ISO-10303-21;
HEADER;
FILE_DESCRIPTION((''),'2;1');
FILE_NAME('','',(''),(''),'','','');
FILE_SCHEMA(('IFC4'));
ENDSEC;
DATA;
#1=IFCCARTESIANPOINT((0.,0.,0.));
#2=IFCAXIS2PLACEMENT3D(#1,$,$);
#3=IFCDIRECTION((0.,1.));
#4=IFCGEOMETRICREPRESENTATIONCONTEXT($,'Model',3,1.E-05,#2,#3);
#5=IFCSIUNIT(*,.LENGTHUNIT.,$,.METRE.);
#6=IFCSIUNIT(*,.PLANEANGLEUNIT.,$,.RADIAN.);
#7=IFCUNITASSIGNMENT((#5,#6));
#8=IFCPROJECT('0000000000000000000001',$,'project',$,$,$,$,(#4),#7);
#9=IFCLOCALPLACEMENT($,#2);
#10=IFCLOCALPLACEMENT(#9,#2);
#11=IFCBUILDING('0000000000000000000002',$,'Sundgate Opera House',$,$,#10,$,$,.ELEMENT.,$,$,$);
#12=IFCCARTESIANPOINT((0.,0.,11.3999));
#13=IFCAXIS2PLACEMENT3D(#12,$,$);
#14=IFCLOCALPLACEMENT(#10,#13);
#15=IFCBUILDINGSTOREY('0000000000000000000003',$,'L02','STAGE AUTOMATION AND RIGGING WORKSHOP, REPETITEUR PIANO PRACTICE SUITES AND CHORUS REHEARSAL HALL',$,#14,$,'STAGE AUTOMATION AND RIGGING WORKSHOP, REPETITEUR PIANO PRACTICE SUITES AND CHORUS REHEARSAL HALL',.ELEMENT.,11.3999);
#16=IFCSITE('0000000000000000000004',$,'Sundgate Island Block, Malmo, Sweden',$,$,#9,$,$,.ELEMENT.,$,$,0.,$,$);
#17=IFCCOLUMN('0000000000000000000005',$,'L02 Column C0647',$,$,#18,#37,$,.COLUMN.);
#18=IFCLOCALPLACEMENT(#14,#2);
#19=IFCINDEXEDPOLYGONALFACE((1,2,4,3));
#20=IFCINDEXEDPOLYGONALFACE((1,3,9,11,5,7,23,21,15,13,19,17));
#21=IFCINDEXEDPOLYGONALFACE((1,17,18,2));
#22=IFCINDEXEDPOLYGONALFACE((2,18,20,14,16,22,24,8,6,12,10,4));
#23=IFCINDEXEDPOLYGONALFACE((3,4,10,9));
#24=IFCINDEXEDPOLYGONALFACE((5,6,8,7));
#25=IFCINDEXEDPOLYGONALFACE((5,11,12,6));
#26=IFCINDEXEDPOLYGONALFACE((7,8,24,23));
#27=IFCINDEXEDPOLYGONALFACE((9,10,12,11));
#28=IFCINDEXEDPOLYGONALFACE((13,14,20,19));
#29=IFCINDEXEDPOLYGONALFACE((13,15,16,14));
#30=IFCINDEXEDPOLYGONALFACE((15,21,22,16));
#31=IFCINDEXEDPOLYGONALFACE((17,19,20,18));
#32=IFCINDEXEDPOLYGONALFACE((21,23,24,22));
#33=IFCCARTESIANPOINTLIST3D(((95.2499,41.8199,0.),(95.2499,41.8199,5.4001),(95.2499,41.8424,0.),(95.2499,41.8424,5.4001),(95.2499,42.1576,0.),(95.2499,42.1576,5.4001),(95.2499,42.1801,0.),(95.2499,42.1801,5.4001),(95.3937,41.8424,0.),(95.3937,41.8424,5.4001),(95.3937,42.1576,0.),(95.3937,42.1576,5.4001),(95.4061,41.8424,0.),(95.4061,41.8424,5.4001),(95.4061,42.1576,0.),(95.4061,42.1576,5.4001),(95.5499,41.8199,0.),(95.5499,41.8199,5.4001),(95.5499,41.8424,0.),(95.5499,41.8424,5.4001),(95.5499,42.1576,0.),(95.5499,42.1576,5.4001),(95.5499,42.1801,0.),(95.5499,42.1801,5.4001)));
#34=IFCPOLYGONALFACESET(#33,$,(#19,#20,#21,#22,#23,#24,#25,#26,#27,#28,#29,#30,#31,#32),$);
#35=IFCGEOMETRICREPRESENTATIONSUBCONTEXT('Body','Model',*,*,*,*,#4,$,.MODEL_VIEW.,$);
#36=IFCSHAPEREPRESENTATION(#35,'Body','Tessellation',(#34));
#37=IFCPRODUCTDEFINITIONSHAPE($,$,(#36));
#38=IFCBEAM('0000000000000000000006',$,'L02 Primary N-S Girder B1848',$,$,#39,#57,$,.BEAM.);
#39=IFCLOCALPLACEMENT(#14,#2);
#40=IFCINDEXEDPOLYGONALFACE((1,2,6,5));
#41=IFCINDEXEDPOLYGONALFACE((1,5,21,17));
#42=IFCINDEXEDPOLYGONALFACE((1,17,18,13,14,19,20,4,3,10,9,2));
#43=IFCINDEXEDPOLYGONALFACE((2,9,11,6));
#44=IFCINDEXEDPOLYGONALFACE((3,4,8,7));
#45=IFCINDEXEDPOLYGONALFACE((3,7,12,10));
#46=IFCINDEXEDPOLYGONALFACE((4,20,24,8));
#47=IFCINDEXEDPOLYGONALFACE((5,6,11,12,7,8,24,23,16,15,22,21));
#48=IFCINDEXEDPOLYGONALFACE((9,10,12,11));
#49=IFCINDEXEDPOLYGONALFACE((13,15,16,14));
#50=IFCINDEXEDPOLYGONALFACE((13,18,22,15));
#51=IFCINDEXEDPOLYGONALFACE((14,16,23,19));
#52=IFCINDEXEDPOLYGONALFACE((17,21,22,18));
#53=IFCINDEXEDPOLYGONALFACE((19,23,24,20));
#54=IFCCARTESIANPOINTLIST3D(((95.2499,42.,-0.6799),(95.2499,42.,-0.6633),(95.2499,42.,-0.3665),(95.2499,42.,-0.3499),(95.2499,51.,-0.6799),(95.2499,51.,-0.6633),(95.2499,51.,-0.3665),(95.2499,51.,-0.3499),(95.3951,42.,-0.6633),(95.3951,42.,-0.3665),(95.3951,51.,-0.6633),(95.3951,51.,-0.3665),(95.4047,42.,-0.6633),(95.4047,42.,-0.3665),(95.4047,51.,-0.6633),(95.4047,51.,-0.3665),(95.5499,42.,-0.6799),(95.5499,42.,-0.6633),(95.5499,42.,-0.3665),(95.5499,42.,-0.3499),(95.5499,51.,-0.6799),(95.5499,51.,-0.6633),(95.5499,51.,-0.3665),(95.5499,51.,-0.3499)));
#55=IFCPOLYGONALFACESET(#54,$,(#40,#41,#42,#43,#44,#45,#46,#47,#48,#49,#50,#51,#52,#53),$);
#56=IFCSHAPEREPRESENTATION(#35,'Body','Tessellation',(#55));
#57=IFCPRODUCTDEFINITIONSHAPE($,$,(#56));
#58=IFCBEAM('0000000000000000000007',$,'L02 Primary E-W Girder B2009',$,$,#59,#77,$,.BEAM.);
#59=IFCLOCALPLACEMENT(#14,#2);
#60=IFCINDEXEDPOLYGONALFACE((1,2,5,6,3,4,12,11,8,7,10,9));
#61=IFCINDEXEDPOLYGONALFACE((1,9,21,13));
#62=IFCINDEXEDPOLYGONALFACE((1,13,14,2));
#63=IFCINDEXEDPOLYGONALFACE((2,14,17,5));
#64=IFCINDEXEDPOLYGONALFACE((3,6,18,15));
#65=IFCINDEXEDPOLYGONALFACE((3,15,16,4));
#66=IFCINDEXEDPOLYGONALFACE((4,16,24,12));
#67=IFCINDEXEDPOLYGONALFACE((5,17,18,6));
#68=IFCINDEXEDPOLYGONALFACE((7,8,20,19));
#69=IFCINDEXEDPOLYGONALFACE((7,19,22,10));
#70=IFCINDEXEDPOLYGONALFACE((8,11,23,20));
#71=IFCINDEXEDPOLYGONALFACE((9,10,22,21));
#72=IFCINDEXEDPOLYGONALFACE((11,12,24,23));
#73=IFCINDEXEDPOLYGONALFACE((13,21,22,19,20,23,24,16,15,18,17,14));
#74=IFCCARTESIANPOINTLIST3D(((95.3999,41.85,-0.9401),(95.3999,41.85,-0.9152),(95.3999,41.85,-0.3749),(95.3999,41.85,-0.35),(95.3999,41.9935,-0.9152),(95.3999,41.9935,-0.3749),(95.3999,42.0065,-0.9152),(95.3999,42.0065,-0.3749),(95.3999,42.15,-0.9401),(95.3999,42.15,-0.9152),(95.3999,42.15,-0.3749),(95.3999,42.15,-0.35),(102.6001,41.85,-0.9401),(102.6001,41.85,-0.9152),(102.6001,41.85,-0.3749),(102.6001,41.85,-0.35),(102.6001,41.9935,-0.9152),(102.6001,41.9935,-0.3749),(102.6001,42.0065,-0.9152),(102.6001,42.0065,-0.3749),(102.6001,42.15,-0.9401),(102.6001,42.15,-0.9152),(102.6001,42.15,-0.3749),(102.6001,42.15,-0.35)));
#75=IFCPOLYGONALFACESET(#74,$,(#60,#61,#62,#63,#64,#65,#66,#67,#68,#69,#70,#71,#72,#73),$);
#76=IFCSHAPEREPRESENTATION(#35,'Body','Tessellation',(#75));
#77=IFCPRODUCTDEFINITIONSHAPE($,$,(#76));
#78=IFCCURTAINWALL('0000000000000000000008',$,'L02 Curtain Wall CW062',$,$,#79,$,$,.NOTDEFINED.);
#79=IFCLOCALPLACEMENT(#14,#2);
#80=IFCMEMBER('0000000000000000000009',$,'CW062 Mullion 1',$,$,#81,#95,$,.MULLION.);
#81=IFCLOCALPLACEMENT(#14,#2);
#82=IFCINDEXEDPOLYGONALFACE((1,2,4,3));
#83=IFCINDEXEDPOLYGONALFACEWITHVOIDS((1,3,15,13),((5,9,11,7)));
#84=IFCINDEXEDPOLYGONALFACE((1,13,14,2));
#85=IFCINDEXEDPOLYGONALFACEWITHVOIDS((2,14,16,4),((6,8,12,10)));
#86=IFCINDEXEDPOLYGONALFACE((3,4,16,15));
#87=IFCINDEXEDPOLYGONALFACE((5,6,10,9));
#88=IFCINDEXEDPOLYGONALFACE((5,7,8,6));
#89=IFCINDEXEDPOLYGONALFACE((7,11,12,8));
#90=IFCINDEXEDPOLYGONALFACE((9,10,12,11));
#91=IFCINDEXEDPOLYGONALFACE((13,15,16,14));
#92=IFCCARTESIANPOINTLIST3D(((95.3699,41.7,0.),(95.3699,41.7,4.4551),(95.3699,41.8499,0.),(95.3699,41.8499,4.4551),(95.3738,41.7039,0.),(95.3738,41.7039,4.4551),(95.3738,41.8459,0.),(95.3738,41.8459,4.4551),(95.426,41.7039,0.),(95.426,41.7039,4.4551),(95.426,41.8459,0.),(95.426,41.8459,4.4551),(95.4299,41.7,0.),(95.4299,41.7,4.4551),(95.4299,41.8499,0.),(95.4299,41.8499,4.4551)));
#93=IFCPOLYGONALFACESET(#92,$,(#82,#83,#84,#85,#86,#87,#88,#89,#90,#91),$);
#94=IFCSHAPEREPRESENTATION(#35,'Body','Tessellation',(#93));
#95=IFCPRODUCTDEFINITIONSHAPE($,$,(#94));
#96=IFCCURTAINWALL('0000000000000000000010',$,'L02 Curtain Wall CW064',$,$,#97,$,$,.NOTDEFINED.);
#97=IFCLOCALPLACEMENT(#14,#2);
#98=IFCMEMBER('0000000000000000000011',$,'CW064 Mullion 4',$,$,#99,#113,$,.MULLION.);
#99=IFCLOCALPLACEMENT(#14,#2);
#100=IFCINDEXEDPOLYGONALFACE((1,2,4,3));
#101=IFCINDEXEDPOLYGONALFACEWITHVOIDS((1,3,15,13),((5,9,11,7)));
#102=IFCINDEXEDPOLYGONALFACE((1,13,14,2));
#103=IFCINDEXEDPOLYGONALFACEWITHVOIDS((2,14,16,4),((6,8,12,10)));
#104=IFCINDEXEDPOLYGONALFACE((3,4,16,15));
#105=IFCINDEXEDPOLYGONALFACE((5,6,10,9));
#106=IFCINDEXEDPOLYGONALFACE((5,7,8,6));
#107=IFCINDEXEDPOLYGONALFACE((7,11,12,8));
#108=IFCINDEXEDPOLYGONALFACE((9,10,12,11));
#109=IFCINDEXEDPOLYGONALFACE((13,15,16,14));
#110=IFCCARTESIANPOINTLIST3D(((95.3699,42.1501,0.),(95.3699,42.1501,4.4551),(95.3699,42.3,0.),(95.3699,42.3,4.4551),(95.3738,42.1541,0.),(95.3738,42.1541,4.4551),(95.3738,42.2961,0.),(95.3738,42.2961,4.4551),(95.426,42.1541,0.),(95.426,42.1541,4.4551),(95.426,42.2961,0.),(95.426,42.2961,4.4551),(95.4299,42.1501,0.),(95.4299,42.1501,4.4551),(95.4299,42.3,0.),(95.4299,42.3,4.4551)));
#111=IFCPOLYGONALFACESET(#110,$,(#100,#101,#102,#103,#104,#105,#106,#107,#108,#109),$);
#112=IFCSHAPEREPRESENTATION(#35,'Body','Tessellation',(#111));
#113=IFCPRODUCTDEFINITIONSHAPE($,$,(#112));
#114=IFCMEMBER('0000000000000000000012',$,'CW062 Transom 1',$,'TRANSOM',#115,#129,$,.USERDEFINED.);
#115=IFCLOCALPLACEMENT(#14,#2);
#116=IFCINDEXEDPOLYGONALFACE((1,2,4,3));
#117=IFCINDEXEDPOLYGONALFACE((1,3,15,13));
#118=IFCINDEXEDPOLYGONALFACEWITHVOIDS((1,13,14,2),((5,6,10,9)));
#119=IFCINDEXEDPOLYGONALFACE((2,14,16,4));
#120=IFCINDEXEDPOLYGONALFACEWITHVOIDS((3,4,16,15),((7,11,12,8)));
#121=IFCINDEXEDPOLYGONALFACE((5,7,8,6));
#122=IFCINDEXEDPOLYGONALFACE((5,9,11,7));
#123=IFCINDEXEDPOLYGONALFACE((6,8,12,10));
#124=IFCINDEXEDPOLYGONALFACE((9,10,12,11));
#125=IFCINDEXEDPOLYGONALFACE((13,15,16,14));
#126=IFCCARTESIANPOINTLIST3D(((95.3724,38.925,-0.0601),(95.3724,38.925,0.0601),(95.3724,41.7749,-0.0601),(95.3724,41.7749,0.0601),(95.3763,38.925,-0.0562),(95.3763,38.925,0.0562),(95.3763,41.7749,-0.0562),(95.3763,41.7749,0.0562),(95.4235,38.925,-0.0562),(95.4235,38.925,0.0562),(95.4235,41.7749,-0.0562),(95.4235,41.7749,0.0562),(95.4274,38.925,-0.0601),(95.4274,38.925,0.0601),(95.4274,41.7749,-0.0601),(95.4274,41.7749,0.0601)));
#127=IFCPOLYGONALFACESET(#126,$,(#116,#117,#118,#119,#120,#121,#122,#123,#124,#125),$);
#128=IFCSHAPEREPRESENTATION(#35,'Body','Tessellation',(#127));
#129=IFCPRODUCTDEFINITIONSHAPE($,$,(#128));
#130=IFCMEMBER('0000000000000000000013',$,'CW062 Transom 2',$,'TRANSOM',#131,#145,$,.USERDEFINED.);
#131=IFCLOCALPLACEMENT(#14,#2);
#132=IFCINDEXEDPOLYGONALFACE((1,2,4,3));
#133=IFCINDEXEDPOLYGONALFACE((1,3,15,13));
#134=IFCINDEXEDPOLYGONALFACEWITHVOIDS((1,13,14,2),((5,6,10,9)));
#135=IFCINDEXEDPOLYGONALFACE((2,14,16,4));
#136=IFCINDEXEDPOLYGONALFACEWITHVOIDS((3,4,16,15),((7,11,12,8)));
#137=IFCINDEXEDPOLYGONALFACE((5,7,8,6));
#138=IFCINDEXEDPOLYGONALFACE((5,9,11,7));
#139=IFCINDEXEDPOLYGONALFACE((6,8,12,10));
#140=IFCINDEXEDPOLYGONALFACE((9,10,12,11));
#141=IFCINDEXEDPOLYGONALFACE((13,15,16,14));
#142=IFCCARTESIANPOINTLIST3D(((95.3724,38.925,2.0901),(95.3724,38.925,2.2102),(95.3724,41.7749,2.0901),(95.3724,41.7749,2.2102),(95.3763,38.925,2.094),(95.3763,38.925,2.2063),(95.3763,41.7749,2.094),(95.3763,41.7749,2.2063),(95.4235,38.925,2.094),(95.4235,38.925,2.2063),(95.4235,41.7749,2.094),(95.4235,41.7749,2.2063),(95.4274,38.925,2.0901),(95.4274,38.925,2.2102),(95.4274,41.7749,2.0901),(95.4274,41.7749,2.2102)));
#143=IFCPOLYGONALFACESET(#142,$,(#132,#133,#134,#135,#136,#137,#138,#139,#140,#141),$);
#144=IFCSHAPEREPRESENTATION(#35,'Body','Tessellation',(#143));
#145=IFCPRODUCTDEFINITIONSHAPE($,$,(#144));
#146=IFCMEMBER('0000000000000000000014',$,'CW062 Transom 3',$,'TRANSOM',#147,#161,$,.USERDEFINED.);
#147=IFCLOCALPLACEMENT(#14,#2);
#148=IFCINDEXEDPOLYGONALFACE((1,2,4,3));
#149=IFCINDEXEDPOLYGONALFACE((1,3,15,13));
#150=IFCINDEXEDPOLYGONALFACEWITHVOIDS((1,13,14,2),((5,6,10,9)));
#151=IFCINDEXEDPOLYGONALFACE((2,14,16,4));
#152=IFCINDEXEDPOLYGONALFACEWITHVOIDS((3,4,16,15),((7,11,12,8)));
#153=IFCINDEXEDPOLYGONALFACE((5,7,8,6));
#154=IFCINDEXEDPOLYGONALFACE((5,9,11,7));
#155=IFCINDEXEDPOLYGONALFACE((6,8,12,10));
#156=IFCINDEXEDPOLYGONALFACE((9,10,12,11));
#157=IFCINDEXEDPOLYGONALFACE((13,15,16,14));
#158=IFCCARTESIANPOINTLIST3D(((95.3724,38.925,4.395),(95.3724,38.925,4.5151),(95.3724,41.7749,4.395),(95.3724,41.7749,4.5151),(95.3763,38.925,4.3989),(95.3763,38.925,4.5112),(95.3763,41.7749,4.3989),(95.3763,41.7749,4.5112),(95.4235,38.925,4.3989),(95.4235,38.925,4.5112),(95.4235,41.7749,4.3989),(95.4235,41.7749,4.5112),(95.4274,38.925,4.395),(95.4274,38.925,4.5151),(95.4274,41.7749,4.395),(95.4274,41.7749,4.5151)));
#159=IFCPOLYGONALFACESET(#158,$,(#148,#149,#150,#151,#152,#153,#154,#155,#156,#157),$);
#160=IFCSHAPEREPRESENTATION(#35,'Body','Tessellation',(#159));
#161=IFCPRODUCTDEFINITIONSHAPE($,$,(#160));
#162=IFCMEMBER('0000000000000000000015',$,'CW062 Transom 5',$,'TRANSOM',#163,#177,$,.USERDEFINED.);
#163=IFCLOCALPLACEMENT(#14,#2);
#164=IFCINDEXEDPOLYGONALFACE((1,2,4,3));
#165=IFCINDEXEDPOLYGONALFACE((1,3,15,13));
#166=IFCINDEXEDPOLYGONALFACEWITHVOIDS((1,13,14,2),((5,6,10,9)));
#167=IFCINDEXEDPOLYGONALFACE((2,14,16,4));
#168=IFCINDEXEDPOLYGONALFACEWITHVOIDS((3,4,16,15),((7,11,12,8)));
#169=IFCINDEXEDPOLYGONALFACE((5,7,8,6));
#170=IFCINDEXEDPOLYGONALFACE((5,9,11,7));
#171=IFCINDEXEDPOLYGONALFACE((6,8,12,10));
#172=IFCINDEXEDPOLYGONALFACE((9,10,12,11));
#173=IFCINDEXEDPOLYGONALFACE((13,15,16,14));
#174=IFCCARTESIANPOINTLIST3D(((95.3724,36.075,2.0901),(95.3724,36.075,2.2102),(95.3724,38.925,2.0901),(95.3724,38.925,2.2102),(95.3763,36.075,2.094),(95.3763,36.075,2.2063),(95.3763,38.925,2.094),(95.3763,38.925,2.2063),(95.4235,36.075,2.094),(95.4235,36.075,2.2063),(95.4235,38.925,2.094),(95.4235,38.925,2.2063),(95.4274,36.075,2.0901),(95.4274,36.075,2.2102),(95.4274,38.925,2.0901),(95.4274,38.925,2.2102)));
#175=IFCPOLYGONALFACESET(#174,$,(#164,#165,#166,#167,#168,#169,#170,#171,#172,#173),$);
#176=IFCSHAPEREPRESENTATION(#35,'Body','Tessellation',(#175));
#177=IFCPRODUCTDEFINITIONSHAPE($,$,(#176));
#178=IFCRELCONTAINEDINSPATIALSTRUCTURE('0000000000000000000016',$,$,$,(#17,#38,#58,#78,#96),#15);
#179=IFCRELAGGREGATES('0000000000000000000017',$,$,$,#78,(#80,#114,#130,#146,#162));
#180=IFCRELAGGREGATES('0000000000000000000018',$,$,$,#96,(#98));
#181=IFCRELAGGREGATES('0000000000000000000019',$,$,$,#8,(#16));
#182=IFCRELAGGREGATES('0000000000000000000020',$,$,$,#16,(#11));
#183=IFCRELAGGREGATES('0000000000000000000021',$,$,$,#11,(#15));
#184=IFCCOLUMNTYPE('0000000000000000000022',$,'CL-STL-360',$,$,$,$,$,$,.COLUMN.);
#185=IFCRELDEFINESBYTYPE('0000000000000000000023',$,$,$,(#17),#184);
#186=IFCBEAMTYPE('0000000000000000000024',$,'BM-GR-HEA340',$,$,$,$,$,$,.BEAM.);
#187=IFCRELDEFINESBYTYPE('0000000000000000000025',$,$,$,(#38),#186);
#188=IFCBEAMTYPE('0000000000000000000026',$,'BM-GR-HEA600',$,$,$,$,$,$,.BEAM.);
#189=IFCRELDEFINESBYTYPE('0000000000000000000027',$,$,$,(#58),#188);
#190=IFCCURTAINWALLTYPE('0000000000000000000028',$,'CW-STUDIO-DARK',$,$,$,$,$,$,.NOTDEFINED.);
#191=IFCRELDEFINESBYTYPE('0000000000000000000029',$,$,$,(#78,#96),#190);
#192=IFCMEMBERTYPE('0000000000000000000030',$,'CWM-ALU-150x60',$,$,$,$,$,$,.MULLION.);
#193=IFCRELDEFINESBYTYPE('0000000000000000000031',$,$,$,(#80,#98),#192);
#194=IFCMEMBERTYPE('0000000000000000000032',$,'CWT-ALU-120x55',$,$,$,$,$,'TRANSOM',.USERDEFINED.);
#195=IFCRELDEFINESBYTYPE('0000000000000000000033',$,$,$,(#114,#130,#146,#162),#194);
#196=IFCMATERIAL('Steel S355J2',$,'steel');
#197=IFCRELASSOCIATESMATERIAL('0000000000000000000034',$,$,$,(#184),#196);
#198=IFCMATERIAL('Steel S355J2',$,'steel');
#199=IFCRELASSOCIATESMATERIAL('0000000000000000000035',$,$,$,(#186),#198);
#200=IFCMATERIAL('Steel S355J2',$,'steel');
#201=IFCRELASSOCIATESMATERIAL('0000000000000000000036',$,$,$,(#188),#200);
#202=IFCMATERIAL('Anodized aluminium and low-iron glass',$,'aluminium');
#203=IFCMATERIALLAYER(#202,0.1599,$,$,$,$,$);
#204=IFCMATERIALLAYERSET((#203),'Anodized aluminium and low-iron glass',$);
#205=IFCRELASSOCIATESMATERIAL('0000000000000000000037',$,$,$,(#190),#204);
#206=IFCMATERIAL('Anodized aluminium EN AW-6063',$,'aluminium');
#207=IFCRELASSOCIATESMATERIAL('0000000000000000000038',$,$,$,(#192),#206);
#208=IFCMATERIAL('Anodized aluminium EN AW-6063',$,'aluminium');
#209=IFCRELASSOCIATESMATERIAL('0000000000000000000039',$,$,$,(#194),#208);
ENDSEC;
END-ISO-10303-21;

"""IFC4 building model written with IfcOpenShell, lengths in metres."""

from ifc_helpers import new_model, si_unit, direction, frame, origin, origin_2d, place, context, subcontext, project, spatial, hollow_rectangle, i_section, extrude, material, layer, layer_set, material_profile, profile_set, type_object, element, aggregate, save


model = new_model("IFC4")

# Units and contexts
model_context = context("Model", 3, precision=1e-05, world=origin(), true_north=direction((0.0, 1.0)))
body_context = subcontext(model_context, "Body", "Model", "MODEL_VIEW")
ifc_project = project(units=[si_unit("LENGTHUNIT", "METRE"), si_unit("PLANEANGLEUNIT", "RADIAN")], contexts=[model_context])

# Site, building, storey
site_placement = place(None, origin())
site = spatial("IfcSite", under=ifc_project, at=site_placement, Name="Sundgate Island Block, Malmo, Sweden", CompositionType="ELEMENT", RefElevation=0.0)
building_placement = place(site_placement, origin())
building = spatial("IfcBuilding", under=site, at=building_placement, Name="Sundgate Opera House", CompositionType="ELEMENT")
storey_placement = place(building_placement, frame((0.0, 0.0, 11.3999)))
storey = spatial("IfcBuildingStorey", under=building, at=storey_placement, Name="L02", Description="STAGE AUTOMATION AND RIGGING WORKSHOP, REPETITEUR PIANO PRACTICE SUITES AND CHORUS REHEARSAL HALL", LongName="STAGE AUTOMATION AND RIGGING WORKSHOP, REPETITEUR PIANO PRACTICE SUITES AND CHORUS REHEARSAL HALL", CompositionType="ELEMENT", Elevation=11.3999)

# Column
ifc_material_1 = material(Name="Steel S355J2", Category="steel")
ifc_material_profile_1 = material_profile(ifc_material_1, i_section(OverallWidth=0.3, OverallDepth=0.3601, WebThickness=0.0125, FlangeThickness=0.0225, at=origin_2d()), Name="HEB 360")
ifc_profile_set_1 = profile_set([ifc_material_profile_1], Name="Steel S355J2")
column_type = type_object("IfcColumnType", Name="CL-STL-360", PredefinedType="COLUMN", material=ifc_profile_set_1)
column_placement = place(storey_placement, frame((95.3999, 42.0, 0.0), z_axis=(0.0, 0.0, 1.0), x_axis=(1.0, 0.0, 0.0)))
element("IfcColumn", 1, at=column_placement, inside=storey, type_object=column_type, Name="L02 Column C0647", PredefinedType="COLUMN", context=body_context, shape_type="SweptSolid", body=[
    extrude(i_section(OverallWidth=0.3, OverallDepth=0.3601, WebThickness=0.0125, FlangeThickness=0.0225, at=origin_2d()), origin(), (0.0, 0.0, 1.0), 5.4001),
])

# Beams
ifc_material_2 = material(Name="Steel S355J2", Category="steel")
ifc_material_profile_2 = material_profile(ifc_material_2, i_section(OverallWidth=0.3, OverallDepth=0.3301, WebThickness=0.0095, FlangeThickness=0.0166, at=origin_2d()), Name="HEA 340")
ifc_profile_set_2 = profile_set([ifc_material_profile_2], Name="Steel S355J2")
beam_type_1 = type_object("IfcBeamType", Name="BM-GR-HEA340", PredefinedType="BEAM", material=ifc_profile_set_2)
beam_1_placement = place(storey_placement, frame((95.3999, 42.0, -0.5149), z_axis=(0.0, 1.0, 0.0), x_axis=(-1.0, 0.0, 0.0)))
element("IfcBeam", 2, at=beam_1_placement, inside=storey, type_object=beam_type_1, Name="L02 Primary N-S Girder B1848", PredefinedType="BEAM", context=body_context, shape_type="SweptSolid", body=[
    extrude(i_section(OverallWidth=0.3, OverallDepth=0.3301, WebThickness=0.0095, FlangeThickness=0.0166, at=origin_2d()), origin(), (0.0, 0.0, 1.0), 9.0),
])
ifc_material_3 = material(Name="Steel S355J2", Category="steel")
ifc_material_profile_3 = material_profile(ifc_material_3, i_section(OverallWidth=0.3, OverallDepth=0.5901, WebThickness=0.0129, FlangeThickness=0.0249, at=origin_2d()), Name="HEA 600")
ifc_profile_set_3 = profile_set([ifc_material_profile_3], Name="Steel S355J2")
beam_type_2 = type_object("IfcBeamType", Name="BM-GR-HEA600", PredefinedType="BEAM", material=ifc_profile_set_3)
beam_2_placement = place(storey_placement, frame((95.3999, 42.0, -0.645), z_axis=(1.0, 0.0, 0.0), x_axis=(0.0, 1.0, 0.0)))
element("IfcBeam", 3, at=beam_2_placement, inside=storey, type_object=beam_type_2, Name="L02 Primary E-W Girder B2009", PredefinedType="BEAM", context=body_context, shape_type="SweptSolid", body=[
    extrude(i_section(OverallWidth=0.3, OverallDepth=0.5901, WebThickness=0.0129, FlangeThickness=0.0249, at=origin_2d()), origin(), (0.0, 0.0, 1.0), 7.2002),
])

# Curtain walls, members
ifc_material_4 = material(Name="Anodized aluminium and low-iron glass", Category="aluminium")
ifc_layer_1 = layer(ifc_material_4, 0.1599)
ifc_layer_set_1 = layer_set([ifc_layer_1], Name="Anodized aluminium and low-iron glass")
curtain_wall_type = type_object("IfcCurtainWallType", Name="CW-STUDIO-DARK", PredefinedType="NOTDEFINED", material=ifc_layer_set_1)
curtain_wall_1_placement = place(storey_placement, origin())
curtain_wall_1 = element("IfcCurtainWall", 4, at=curtain_wall_1_placement, inside=storey, type_object=curtain_wall_type, Name="L02 Curtain Wall CW062", PredefinedType="NOTDEFINED")
ifc_material_5 = material(Name="Anodized aluminium EN AW-6063", Category="aluminium")
ifc_material_profile_4 = material_profile(ifc_material_5, hollow_rectangle(XDim=0.0601, YDim=0.1499, WallThickness=0.0039, at=origin_2d()), Name="CWM 150x60x4")
ifc_profile_set_4 = profile_set([ifc_material_profile_4], Name="Anodized aluminium EN AW-6063")
member_type_1 = type_object("IfcMemberType", Name="CWM-ALU-150x60", PredefinedType="MULLION", material=ifc_profile_set_4)
member_1_placement = place(storey_placement, frame((95.3999, 41.7749, 0.0), z_axis=(0.0, 0.0, 1.0), x_axis=(1.0, 0.0, 0.0)))
member_1 = element("IfcMember", 5, at=member_1_placement, type_object=member_type_1, Name="CW062 Mullion 1", PredefinedType="MULLION", context=body_context, shape_type="SweptSolid", body=[
    extrude(hollow_rectangle(XDim=0.0601, YDim=0.1499, WallThickness=0.0039, at=origin_2d()), origin(), (0.0, 0.0, 1.0), 4.4551),
])
curtain_wall_2_placement = place(storey_placement, origin())
curtain_wall_2 = element("IfcCurtainWall", 6, at=curtain_wall_2_placement, inside=storey, type_object=curtain_wall_type, Name="L02 Curtain Wall CW064", PredefinedType="NOTDEFINED")
member_2_placement = place(storey_placement, frame((95.3999, 42.2251, 0.0), z_axis=(0.0, 0.0, 1.0), x_axis=(1.0, 0.0, 0.0)))
member_2 = element("IfcMember", 7, at=member_2_placement, type_object=member_type_1, Name="CW064 Mullion 4", PredefinedType="MULLION", context=body_context, shape_type="SweptSolid", body=[
    extrude(hollow_rectangle(XDim=0.0601, YDim=0.1499, WallThickness=0.0039, at=origin_2d()), origin(), (0.0, 0.0, 1.0), 4.4551),
])

# Members
ifc_material_6 = material(Name="Anodized aluminium EN AW-6063", Category="aluminium")
ifc_material_profile_5 = material_profile(ifc_material_6, hollow_rectangle(XDim=0.0549, YDim=0.1201, WallThickness=0.0039, at=origin_2d()), Name="CWT 120x55x4")
ifc_profile_set_5 = profile_set([ifc_material_profile_5], Name="Anodized aluminium EN AW-6063")
member_type_2 = type_object("IfcMemberType", Name="CWT-ALU-120x55", ElementType="TRANSOM", PredefinedType="USERDEFINED", material=ifc_profile_set_5)
member_3_placement = place(storey_placement, frame((95.3999, 41.7749, 0.0), z_axis=(0.0, -1.0, 0.0), x_axis=(1.0, 0.0, 0.0)))
member_3 = element("IfcMember", 8, at=member_3_placement, type_object=member_type_2, Name="CW062 Transom 1", ObjectType="TRANSOM", PredefinedType="USERDEFINED", context=body_context, shape_type="SweptSolid", body=[
    extrude(hollow_rectangle(XDim=0.0549, YDim=0.1201, WallThickness=0.0039, at=origin_2d()), origin(), (0.0, 0.0, 1.0), 2.8499),
])
member_4_placement = place(storey_placement, frame((95.3999, 41.7749, 2.1501), z_axis=(0.0, -1.0, 0.0), x_axis=(1.0, 0.0, 0.0)))
member_4 = element("IfcMember", 9, at=member_4_placement, type_object=member_type_2, Name="CW062 Transom 2", ObjectType="TRANSOM", PredefinedType="USERDEFINED", context=body_context, shape_type="SweptSolid", body=[
    extrude(hollow_rectangle(XDim=0.0549, YDim=0.1201, WallThickness=0.0039, at=origin_2d()), origin(), (0.0, 0.0, 1.0), 2.8499),
])
member_5_placement = place(storey_placement, frame((95.3999, 41.7749, 4.4551), z_axis=(0.0, -1.0, 0.0), x_axis=(1.0, 0.0, 0.0)))
member_5 = element("IfcMember", 10, at=member_5_placement, type_object=member_type_2, Name="CW062 Transom 3", ObjectType="TRANSOM", PredefinedType="USERDEFINED", context=body_context, shape_type="SweptSolid", body=[
    extrude(hollow_rectangle(XDim=0.0549, YDim=0.1201, WallThickness=0.0039, at=origin_2d()), origin(), (0.0, 0.0, 1.0), 2.8499),
])
member_6_placement = place(storey_placement, frame((95.3999, 38.925, 2.1501), z_axis=(0.0, -1.0, 0.0), x_axis=(1.0, 0.0, 0.0)))
member_6 = element("IfcMember", 11, at=member_6_placement, type_object=member_type_2, Name="CW062 Transom 5", ObjectType="TRANSOM", PredefinedType="USERDEFINED", context=body_context, shape_type="SweptSolid", body=[
    extrude(hollow_rectangle(XDim=0.0549, YDim=0.1201, WallThickness=0.0039, at=origin_2d()), origin(), (0.0, 0.0, 1.0), 2.8501),
])

aggregate(curtain_wall_1, [member_1, member_3, member_4, member_5, member_6])
aggregate(curtain_wall_2, [member_2])

save(model, "model.ifc")
